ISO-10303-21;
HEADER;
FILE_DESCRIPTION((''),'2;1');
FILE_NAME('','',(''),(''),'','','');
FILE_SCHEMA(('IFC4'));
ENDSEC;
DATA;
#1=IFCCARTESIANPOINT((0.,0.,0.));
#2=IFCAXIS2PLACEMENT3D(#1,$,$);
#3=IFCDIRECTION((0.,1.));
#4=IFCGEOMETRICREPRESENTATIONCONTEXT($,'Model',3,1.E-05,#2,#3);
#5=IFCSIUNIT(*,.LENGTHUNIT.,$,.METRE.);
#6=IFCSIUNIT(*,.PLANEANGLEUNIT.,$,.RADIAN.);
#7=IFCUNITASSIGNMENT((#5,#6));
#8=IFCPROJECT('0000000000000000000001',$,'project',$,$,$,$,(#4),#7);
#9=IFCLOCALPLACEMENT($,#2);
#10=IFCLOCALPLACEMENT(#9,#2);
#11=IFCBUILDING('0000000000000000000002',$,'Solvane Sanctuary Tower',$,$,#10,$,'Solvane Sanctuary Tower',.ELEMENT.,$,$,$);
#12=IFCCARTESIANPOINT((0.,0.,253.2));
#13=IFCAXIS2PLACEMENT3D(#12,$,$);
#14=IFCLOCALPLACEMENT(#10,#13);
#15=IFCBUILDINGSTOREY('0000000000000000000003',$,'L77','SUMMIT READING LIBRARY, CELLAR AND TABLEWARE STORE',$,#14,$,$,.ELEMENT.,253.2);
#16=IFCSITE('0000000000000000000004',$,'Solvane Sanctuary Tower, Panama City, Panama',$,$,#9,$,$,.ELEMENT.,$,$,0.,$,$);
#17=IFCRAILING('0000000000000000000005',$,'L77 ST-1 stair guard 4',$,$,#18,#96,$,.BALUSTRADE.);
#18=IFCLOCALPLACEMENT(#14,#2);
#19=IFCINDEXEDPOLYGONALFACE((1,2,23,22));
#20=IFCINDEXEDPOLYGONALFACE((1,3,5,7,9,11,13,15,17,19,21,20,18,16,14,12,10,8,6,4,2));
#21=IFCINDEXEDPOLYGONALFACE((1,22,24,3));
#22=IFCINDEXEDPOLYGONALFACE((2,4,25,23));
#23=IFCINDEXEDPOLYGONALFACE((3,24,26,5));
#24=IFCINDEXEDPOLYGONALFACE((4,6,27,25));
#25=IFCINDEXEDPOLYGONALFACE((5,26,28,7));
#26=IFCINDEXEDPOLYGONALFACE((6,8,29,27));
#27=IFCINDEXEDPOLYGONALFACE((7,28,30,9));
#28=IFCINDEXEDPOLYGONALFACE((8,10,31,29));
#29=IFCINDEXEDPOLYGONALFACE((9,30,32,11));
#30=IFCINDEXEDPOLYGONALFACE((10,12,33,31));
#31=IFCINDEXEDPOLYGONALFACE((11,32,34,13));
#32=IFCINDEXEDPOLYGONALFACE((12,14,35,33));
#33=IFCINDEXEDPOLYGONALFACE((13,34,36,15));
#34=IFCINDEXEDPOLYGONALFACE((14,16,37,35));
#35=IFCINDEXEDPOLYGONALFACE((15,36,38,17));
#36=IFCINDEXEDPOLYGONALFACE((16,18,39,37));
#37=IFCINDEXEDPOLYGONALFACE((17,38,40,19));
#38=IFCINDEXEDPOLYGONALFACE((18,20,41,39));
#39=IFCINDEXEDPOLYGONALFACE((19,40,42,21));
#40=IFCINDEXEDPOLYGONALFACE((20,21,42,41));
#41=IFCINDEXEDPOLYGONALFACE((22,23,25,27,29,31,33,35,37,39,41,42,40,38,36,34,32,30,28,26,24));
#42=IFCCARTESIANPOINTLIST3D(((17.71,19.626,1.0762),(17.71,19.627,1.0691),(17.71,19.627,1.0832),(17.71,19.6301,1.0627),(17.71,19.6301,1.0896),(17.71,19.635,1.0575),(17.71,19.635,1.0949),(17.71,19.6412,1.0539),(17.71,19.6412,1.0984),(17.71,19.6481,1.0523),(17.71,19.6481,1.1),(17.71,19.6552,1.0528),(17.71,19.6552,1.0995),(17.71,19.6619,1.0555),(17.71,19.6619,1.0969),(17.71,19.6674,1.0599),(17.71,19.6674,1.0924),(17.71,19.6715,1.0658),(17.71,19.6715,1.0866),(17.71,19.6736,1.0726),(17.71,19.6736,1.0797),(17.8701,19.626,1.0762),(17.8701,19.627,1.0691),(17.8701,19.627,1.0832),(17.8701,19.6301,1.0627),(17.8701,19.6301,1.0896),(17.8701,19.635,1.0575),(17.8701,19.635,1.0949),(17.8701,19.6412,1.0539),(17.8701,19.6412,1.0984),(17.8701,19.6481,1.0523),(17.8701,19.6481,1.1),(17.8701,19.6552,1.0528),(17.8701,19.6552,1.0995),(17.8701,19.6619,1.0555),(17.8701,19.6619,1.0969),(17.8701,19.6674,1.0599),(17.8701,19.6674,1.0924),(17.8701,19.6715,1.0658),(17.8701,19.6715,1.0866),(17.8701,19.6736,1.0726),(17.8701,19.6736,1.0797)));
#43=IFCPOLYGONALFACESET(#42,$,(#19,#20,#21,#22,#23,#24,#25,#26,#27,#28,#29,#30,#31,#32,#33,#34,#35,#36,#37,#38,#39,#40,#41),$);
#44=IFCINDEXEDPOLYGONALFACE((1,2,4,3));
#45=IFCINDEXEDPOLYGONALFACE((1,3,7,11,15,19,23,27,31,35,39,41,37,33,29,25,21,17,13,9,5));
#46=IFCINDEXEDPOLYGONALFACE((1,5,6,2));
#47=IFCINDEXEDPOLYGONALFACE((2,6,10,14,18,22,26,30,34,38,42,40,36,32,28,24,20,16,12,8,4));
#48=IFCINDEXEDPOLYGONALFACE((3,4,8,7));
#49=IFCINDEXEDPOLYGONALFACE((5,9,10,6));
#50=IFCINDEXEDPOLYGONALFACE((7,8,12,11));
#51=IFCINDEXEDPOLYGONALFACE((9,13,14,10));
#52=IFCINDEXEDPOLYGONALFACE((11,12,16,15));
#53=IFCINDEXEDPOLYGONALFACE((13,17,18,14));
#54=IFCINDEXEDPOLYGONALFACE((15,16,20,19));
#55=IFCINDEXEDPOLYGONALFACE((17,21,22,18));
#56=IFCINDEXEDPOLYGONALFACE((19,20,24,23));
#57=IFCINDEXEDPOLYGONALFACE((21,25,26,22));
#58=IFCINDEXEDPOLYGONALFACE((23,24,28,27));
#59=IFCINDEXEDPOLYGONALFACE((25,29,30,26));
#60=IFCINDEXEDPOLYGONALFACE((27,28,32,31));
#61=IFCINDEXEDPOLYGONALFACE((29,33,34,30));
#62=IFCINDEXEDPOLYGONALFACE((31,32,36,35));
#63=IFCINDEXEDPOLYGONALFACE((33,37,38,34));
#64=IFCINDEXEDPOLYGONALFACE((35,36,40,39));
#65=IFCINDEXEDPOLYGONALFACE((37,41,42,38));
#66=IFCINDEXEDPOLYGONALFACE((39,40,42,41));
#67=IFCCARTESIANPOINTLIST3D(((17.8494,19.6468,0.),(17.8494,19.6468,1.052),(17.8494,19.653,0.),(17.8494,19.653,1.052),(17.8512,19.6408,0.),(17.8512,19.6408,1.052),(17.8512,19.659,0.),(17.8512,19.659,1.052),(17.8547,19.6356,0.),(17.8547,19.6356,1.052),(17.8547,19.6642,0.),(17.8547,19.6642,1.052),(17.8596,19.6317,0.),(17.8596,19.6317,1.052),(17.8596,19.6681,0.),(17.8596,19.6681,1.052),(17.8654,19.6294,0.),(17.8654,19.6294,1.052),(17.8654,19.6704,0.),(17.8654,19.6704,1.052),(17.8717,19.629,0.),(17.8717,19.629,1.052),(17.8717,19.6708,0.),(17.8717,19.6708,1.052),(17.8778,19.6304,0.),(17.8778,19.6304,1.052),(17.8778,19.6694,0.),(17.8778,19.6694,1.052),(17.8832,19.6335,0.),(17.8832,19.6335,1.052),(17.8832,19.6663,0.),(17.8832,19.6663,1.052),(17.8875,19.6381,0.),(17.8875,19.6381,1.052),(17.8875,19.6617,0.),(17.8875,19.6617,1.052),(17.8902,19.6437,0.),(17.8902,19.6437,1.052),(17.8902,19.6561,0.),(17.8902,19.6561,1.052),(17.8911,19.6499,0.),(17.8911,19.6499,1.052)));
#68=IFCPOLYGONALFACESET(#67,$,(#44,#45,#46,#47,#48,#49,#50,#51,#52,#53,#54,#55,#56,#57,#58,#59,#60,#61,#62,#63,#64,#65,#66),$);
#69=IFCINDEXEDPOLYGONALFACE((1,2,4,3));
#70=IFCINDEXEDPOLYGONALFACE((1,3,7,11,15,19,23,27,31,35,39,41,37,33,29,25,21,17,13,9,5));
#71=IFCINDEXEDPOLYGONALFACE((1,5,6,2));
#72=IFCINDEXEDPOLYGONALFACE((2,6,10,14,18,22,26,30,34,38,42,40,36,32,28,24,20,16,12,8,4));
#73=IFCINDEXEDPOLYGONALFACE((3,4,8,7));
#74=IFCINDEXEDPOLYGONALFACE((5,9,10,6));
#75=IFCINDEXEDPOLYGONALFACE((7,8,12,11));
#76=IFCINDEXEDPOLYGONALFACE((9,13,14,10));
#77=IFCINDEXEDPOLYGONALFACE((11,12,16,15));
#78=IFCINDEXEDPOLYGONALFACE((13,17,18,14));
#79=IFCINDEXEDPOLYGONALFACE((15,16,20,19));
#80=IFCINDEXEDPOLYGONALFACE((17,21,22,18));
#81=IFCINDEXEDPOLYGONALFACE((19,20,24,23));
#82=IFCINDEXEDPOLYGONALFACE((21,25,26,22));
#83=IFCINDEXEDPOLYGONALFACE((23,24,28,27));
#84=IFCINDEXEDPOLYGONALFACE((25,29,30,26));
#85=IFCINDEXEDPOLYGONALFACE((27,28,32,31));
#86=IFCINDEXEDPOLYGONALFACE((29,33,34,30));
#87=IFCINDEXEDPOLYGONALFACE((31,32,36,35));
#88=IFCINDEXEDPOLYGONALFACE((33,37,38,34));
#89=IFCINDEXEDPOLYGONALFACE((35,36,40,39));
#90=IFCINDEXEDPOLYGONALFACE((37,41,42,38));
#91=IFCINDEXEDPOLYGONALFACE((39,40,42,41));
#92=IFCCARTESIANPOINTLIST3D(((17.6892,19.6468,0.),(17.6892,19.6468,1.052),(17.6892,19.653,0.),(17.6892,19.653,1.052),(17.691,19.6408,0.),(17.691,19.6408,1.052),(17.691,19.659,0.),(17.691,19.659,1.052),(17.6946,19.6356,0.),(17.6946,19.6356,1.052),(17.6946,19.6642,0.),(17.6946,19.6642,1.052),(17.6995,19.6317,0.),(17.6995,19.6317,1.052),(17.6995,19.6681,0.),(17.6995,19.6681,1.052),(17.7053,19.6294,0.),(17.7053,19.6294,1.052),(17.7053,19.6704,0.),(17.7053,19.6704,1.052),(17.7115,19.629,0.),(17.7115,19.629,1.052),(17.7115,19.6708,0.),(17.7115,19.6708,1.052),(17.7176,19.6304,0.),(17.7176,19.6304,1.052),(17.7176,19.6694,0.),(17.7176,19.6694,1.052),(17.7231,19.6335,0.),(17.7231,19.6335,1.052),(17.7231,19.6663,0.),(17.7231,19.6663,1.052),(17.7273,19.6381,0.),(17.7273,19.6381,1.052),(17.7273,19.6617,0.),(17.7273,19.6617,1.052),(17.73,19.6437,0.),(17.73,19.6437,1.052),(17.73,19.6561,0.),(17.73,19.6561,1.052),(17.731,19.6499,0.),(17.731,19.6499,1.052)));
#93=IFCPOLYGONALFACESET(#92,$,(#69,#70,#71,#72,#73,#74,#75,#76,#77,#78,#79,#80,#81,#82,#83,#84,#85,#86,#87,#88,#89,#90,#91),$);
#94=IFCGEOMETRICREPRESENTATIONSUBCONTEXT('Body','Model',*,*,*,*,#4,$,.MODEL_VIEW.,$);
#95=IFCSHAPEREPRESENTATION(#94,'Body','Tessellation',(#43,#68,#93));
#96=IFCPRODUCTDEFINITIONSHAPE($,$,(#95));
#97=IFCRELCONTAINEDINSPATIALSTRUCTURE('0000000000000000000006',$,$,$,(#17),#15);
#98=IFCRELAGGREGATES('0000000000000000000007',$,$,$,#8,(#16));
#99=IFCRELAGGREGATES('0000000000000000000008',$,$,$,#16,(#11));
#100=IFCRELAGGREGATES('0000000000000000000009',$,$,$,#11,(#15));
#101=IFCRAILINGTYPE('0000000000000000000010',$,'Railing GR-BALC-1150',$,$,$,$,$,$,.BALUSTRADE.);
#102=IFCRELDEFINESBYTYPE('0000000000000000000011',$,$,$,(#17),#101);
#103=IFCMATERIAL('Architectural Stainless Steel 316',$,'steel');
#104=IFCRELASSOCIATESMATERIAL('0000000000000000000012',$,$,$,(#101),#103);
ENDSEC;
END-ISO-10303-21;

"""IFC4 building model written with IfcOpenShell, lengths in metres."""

from ifc_helpers import new_model, si_unit, direction, frame, origin, origin_2d, place, context, subcontext, project, spatial, circle, extrude, material, type_object, element, save


model = new_model("IFC4")

# Units and contexts
model_context = context("Model", 3, precision=1e-05, world=origin(), true_north=direction((0.0, 1.0)))
body_context = subcontext(model_context, "Body", "Model", "MODEL_VIEW")
ifc_project = project(units=[si_unit("LENGTHUNIT", "METRE"), si_unit("PLANEANGLEUNIT", "RADIAN")], contexts=[model_context])

# Site, building, storey
site_placement = place(None, origin())
site = spatial("IfcSite", under=ifc_project, at=site_placement, Name="Solvane Sanctuary Tower, Panama City, Panama", CompositionType="ELEMENT", RefElevation=0.0)
building_placement = place(site_placement, origin())
building = spatial("IfcBuilding", under=site, at=building_placement, Name="Solvane Sanctuary Tower", LongName="Solvane Sanctuary Tower", CompositionType="ELEMENT")
storey_placement = place(building_placement, frame((0.0, 0.0, 253.2)))
storey = spatial("IfcBuildingStorey", under=building, at=storey_placement, Name="L77", Description="SUMMIT READING LIBRARY, CELLAR AND TABLEWARE STORE", CompositionType="ELEMENT", Elevation=253.2)

# Shared definitions
ifc_material_1 = material(Name="Architectural Stainless Steel 316", Category="steel")

# Railing
railing_type_1 = type_object("IfcRailingType", Name="Railing GR-BALC-1150", PredefinedType="BALUSTRADE", material=ifc_material_1)
railing_1_placement = place(storey_placement, frame((17.8701, 19.6499, 0.0)))
element("IfcRailing", 1, at=railing_1_placement, inside=storey, type_object=railing_type_1, Name="L77 ST-1 stair guard 4", PredefinedType="BALUSTRADE", context=body_context, shape_type="SweptSolid", body=[
    extrude(circle(Radius=0.0239, at=origin_2d()), frame((0.0, 0.0, 1.0762), z_axis=(-1.0, 0.0, 0.0), x_axis=(0.0, -1.0, 0.0)), (0.0, 0.0, 1.0), 0.1602),
    extrude(circle(Radius=0.021, at=origin_2d()), origin(), (0.0, 0.0, 1.0), 1.052),
    extrude(circle(Radius=0.021, at=origin_2d()), frame((-0.1602, 0.0, 0.0)), (0.0, 0.0, 1.0), 1.052),
])

save(model, "model.ifc")
